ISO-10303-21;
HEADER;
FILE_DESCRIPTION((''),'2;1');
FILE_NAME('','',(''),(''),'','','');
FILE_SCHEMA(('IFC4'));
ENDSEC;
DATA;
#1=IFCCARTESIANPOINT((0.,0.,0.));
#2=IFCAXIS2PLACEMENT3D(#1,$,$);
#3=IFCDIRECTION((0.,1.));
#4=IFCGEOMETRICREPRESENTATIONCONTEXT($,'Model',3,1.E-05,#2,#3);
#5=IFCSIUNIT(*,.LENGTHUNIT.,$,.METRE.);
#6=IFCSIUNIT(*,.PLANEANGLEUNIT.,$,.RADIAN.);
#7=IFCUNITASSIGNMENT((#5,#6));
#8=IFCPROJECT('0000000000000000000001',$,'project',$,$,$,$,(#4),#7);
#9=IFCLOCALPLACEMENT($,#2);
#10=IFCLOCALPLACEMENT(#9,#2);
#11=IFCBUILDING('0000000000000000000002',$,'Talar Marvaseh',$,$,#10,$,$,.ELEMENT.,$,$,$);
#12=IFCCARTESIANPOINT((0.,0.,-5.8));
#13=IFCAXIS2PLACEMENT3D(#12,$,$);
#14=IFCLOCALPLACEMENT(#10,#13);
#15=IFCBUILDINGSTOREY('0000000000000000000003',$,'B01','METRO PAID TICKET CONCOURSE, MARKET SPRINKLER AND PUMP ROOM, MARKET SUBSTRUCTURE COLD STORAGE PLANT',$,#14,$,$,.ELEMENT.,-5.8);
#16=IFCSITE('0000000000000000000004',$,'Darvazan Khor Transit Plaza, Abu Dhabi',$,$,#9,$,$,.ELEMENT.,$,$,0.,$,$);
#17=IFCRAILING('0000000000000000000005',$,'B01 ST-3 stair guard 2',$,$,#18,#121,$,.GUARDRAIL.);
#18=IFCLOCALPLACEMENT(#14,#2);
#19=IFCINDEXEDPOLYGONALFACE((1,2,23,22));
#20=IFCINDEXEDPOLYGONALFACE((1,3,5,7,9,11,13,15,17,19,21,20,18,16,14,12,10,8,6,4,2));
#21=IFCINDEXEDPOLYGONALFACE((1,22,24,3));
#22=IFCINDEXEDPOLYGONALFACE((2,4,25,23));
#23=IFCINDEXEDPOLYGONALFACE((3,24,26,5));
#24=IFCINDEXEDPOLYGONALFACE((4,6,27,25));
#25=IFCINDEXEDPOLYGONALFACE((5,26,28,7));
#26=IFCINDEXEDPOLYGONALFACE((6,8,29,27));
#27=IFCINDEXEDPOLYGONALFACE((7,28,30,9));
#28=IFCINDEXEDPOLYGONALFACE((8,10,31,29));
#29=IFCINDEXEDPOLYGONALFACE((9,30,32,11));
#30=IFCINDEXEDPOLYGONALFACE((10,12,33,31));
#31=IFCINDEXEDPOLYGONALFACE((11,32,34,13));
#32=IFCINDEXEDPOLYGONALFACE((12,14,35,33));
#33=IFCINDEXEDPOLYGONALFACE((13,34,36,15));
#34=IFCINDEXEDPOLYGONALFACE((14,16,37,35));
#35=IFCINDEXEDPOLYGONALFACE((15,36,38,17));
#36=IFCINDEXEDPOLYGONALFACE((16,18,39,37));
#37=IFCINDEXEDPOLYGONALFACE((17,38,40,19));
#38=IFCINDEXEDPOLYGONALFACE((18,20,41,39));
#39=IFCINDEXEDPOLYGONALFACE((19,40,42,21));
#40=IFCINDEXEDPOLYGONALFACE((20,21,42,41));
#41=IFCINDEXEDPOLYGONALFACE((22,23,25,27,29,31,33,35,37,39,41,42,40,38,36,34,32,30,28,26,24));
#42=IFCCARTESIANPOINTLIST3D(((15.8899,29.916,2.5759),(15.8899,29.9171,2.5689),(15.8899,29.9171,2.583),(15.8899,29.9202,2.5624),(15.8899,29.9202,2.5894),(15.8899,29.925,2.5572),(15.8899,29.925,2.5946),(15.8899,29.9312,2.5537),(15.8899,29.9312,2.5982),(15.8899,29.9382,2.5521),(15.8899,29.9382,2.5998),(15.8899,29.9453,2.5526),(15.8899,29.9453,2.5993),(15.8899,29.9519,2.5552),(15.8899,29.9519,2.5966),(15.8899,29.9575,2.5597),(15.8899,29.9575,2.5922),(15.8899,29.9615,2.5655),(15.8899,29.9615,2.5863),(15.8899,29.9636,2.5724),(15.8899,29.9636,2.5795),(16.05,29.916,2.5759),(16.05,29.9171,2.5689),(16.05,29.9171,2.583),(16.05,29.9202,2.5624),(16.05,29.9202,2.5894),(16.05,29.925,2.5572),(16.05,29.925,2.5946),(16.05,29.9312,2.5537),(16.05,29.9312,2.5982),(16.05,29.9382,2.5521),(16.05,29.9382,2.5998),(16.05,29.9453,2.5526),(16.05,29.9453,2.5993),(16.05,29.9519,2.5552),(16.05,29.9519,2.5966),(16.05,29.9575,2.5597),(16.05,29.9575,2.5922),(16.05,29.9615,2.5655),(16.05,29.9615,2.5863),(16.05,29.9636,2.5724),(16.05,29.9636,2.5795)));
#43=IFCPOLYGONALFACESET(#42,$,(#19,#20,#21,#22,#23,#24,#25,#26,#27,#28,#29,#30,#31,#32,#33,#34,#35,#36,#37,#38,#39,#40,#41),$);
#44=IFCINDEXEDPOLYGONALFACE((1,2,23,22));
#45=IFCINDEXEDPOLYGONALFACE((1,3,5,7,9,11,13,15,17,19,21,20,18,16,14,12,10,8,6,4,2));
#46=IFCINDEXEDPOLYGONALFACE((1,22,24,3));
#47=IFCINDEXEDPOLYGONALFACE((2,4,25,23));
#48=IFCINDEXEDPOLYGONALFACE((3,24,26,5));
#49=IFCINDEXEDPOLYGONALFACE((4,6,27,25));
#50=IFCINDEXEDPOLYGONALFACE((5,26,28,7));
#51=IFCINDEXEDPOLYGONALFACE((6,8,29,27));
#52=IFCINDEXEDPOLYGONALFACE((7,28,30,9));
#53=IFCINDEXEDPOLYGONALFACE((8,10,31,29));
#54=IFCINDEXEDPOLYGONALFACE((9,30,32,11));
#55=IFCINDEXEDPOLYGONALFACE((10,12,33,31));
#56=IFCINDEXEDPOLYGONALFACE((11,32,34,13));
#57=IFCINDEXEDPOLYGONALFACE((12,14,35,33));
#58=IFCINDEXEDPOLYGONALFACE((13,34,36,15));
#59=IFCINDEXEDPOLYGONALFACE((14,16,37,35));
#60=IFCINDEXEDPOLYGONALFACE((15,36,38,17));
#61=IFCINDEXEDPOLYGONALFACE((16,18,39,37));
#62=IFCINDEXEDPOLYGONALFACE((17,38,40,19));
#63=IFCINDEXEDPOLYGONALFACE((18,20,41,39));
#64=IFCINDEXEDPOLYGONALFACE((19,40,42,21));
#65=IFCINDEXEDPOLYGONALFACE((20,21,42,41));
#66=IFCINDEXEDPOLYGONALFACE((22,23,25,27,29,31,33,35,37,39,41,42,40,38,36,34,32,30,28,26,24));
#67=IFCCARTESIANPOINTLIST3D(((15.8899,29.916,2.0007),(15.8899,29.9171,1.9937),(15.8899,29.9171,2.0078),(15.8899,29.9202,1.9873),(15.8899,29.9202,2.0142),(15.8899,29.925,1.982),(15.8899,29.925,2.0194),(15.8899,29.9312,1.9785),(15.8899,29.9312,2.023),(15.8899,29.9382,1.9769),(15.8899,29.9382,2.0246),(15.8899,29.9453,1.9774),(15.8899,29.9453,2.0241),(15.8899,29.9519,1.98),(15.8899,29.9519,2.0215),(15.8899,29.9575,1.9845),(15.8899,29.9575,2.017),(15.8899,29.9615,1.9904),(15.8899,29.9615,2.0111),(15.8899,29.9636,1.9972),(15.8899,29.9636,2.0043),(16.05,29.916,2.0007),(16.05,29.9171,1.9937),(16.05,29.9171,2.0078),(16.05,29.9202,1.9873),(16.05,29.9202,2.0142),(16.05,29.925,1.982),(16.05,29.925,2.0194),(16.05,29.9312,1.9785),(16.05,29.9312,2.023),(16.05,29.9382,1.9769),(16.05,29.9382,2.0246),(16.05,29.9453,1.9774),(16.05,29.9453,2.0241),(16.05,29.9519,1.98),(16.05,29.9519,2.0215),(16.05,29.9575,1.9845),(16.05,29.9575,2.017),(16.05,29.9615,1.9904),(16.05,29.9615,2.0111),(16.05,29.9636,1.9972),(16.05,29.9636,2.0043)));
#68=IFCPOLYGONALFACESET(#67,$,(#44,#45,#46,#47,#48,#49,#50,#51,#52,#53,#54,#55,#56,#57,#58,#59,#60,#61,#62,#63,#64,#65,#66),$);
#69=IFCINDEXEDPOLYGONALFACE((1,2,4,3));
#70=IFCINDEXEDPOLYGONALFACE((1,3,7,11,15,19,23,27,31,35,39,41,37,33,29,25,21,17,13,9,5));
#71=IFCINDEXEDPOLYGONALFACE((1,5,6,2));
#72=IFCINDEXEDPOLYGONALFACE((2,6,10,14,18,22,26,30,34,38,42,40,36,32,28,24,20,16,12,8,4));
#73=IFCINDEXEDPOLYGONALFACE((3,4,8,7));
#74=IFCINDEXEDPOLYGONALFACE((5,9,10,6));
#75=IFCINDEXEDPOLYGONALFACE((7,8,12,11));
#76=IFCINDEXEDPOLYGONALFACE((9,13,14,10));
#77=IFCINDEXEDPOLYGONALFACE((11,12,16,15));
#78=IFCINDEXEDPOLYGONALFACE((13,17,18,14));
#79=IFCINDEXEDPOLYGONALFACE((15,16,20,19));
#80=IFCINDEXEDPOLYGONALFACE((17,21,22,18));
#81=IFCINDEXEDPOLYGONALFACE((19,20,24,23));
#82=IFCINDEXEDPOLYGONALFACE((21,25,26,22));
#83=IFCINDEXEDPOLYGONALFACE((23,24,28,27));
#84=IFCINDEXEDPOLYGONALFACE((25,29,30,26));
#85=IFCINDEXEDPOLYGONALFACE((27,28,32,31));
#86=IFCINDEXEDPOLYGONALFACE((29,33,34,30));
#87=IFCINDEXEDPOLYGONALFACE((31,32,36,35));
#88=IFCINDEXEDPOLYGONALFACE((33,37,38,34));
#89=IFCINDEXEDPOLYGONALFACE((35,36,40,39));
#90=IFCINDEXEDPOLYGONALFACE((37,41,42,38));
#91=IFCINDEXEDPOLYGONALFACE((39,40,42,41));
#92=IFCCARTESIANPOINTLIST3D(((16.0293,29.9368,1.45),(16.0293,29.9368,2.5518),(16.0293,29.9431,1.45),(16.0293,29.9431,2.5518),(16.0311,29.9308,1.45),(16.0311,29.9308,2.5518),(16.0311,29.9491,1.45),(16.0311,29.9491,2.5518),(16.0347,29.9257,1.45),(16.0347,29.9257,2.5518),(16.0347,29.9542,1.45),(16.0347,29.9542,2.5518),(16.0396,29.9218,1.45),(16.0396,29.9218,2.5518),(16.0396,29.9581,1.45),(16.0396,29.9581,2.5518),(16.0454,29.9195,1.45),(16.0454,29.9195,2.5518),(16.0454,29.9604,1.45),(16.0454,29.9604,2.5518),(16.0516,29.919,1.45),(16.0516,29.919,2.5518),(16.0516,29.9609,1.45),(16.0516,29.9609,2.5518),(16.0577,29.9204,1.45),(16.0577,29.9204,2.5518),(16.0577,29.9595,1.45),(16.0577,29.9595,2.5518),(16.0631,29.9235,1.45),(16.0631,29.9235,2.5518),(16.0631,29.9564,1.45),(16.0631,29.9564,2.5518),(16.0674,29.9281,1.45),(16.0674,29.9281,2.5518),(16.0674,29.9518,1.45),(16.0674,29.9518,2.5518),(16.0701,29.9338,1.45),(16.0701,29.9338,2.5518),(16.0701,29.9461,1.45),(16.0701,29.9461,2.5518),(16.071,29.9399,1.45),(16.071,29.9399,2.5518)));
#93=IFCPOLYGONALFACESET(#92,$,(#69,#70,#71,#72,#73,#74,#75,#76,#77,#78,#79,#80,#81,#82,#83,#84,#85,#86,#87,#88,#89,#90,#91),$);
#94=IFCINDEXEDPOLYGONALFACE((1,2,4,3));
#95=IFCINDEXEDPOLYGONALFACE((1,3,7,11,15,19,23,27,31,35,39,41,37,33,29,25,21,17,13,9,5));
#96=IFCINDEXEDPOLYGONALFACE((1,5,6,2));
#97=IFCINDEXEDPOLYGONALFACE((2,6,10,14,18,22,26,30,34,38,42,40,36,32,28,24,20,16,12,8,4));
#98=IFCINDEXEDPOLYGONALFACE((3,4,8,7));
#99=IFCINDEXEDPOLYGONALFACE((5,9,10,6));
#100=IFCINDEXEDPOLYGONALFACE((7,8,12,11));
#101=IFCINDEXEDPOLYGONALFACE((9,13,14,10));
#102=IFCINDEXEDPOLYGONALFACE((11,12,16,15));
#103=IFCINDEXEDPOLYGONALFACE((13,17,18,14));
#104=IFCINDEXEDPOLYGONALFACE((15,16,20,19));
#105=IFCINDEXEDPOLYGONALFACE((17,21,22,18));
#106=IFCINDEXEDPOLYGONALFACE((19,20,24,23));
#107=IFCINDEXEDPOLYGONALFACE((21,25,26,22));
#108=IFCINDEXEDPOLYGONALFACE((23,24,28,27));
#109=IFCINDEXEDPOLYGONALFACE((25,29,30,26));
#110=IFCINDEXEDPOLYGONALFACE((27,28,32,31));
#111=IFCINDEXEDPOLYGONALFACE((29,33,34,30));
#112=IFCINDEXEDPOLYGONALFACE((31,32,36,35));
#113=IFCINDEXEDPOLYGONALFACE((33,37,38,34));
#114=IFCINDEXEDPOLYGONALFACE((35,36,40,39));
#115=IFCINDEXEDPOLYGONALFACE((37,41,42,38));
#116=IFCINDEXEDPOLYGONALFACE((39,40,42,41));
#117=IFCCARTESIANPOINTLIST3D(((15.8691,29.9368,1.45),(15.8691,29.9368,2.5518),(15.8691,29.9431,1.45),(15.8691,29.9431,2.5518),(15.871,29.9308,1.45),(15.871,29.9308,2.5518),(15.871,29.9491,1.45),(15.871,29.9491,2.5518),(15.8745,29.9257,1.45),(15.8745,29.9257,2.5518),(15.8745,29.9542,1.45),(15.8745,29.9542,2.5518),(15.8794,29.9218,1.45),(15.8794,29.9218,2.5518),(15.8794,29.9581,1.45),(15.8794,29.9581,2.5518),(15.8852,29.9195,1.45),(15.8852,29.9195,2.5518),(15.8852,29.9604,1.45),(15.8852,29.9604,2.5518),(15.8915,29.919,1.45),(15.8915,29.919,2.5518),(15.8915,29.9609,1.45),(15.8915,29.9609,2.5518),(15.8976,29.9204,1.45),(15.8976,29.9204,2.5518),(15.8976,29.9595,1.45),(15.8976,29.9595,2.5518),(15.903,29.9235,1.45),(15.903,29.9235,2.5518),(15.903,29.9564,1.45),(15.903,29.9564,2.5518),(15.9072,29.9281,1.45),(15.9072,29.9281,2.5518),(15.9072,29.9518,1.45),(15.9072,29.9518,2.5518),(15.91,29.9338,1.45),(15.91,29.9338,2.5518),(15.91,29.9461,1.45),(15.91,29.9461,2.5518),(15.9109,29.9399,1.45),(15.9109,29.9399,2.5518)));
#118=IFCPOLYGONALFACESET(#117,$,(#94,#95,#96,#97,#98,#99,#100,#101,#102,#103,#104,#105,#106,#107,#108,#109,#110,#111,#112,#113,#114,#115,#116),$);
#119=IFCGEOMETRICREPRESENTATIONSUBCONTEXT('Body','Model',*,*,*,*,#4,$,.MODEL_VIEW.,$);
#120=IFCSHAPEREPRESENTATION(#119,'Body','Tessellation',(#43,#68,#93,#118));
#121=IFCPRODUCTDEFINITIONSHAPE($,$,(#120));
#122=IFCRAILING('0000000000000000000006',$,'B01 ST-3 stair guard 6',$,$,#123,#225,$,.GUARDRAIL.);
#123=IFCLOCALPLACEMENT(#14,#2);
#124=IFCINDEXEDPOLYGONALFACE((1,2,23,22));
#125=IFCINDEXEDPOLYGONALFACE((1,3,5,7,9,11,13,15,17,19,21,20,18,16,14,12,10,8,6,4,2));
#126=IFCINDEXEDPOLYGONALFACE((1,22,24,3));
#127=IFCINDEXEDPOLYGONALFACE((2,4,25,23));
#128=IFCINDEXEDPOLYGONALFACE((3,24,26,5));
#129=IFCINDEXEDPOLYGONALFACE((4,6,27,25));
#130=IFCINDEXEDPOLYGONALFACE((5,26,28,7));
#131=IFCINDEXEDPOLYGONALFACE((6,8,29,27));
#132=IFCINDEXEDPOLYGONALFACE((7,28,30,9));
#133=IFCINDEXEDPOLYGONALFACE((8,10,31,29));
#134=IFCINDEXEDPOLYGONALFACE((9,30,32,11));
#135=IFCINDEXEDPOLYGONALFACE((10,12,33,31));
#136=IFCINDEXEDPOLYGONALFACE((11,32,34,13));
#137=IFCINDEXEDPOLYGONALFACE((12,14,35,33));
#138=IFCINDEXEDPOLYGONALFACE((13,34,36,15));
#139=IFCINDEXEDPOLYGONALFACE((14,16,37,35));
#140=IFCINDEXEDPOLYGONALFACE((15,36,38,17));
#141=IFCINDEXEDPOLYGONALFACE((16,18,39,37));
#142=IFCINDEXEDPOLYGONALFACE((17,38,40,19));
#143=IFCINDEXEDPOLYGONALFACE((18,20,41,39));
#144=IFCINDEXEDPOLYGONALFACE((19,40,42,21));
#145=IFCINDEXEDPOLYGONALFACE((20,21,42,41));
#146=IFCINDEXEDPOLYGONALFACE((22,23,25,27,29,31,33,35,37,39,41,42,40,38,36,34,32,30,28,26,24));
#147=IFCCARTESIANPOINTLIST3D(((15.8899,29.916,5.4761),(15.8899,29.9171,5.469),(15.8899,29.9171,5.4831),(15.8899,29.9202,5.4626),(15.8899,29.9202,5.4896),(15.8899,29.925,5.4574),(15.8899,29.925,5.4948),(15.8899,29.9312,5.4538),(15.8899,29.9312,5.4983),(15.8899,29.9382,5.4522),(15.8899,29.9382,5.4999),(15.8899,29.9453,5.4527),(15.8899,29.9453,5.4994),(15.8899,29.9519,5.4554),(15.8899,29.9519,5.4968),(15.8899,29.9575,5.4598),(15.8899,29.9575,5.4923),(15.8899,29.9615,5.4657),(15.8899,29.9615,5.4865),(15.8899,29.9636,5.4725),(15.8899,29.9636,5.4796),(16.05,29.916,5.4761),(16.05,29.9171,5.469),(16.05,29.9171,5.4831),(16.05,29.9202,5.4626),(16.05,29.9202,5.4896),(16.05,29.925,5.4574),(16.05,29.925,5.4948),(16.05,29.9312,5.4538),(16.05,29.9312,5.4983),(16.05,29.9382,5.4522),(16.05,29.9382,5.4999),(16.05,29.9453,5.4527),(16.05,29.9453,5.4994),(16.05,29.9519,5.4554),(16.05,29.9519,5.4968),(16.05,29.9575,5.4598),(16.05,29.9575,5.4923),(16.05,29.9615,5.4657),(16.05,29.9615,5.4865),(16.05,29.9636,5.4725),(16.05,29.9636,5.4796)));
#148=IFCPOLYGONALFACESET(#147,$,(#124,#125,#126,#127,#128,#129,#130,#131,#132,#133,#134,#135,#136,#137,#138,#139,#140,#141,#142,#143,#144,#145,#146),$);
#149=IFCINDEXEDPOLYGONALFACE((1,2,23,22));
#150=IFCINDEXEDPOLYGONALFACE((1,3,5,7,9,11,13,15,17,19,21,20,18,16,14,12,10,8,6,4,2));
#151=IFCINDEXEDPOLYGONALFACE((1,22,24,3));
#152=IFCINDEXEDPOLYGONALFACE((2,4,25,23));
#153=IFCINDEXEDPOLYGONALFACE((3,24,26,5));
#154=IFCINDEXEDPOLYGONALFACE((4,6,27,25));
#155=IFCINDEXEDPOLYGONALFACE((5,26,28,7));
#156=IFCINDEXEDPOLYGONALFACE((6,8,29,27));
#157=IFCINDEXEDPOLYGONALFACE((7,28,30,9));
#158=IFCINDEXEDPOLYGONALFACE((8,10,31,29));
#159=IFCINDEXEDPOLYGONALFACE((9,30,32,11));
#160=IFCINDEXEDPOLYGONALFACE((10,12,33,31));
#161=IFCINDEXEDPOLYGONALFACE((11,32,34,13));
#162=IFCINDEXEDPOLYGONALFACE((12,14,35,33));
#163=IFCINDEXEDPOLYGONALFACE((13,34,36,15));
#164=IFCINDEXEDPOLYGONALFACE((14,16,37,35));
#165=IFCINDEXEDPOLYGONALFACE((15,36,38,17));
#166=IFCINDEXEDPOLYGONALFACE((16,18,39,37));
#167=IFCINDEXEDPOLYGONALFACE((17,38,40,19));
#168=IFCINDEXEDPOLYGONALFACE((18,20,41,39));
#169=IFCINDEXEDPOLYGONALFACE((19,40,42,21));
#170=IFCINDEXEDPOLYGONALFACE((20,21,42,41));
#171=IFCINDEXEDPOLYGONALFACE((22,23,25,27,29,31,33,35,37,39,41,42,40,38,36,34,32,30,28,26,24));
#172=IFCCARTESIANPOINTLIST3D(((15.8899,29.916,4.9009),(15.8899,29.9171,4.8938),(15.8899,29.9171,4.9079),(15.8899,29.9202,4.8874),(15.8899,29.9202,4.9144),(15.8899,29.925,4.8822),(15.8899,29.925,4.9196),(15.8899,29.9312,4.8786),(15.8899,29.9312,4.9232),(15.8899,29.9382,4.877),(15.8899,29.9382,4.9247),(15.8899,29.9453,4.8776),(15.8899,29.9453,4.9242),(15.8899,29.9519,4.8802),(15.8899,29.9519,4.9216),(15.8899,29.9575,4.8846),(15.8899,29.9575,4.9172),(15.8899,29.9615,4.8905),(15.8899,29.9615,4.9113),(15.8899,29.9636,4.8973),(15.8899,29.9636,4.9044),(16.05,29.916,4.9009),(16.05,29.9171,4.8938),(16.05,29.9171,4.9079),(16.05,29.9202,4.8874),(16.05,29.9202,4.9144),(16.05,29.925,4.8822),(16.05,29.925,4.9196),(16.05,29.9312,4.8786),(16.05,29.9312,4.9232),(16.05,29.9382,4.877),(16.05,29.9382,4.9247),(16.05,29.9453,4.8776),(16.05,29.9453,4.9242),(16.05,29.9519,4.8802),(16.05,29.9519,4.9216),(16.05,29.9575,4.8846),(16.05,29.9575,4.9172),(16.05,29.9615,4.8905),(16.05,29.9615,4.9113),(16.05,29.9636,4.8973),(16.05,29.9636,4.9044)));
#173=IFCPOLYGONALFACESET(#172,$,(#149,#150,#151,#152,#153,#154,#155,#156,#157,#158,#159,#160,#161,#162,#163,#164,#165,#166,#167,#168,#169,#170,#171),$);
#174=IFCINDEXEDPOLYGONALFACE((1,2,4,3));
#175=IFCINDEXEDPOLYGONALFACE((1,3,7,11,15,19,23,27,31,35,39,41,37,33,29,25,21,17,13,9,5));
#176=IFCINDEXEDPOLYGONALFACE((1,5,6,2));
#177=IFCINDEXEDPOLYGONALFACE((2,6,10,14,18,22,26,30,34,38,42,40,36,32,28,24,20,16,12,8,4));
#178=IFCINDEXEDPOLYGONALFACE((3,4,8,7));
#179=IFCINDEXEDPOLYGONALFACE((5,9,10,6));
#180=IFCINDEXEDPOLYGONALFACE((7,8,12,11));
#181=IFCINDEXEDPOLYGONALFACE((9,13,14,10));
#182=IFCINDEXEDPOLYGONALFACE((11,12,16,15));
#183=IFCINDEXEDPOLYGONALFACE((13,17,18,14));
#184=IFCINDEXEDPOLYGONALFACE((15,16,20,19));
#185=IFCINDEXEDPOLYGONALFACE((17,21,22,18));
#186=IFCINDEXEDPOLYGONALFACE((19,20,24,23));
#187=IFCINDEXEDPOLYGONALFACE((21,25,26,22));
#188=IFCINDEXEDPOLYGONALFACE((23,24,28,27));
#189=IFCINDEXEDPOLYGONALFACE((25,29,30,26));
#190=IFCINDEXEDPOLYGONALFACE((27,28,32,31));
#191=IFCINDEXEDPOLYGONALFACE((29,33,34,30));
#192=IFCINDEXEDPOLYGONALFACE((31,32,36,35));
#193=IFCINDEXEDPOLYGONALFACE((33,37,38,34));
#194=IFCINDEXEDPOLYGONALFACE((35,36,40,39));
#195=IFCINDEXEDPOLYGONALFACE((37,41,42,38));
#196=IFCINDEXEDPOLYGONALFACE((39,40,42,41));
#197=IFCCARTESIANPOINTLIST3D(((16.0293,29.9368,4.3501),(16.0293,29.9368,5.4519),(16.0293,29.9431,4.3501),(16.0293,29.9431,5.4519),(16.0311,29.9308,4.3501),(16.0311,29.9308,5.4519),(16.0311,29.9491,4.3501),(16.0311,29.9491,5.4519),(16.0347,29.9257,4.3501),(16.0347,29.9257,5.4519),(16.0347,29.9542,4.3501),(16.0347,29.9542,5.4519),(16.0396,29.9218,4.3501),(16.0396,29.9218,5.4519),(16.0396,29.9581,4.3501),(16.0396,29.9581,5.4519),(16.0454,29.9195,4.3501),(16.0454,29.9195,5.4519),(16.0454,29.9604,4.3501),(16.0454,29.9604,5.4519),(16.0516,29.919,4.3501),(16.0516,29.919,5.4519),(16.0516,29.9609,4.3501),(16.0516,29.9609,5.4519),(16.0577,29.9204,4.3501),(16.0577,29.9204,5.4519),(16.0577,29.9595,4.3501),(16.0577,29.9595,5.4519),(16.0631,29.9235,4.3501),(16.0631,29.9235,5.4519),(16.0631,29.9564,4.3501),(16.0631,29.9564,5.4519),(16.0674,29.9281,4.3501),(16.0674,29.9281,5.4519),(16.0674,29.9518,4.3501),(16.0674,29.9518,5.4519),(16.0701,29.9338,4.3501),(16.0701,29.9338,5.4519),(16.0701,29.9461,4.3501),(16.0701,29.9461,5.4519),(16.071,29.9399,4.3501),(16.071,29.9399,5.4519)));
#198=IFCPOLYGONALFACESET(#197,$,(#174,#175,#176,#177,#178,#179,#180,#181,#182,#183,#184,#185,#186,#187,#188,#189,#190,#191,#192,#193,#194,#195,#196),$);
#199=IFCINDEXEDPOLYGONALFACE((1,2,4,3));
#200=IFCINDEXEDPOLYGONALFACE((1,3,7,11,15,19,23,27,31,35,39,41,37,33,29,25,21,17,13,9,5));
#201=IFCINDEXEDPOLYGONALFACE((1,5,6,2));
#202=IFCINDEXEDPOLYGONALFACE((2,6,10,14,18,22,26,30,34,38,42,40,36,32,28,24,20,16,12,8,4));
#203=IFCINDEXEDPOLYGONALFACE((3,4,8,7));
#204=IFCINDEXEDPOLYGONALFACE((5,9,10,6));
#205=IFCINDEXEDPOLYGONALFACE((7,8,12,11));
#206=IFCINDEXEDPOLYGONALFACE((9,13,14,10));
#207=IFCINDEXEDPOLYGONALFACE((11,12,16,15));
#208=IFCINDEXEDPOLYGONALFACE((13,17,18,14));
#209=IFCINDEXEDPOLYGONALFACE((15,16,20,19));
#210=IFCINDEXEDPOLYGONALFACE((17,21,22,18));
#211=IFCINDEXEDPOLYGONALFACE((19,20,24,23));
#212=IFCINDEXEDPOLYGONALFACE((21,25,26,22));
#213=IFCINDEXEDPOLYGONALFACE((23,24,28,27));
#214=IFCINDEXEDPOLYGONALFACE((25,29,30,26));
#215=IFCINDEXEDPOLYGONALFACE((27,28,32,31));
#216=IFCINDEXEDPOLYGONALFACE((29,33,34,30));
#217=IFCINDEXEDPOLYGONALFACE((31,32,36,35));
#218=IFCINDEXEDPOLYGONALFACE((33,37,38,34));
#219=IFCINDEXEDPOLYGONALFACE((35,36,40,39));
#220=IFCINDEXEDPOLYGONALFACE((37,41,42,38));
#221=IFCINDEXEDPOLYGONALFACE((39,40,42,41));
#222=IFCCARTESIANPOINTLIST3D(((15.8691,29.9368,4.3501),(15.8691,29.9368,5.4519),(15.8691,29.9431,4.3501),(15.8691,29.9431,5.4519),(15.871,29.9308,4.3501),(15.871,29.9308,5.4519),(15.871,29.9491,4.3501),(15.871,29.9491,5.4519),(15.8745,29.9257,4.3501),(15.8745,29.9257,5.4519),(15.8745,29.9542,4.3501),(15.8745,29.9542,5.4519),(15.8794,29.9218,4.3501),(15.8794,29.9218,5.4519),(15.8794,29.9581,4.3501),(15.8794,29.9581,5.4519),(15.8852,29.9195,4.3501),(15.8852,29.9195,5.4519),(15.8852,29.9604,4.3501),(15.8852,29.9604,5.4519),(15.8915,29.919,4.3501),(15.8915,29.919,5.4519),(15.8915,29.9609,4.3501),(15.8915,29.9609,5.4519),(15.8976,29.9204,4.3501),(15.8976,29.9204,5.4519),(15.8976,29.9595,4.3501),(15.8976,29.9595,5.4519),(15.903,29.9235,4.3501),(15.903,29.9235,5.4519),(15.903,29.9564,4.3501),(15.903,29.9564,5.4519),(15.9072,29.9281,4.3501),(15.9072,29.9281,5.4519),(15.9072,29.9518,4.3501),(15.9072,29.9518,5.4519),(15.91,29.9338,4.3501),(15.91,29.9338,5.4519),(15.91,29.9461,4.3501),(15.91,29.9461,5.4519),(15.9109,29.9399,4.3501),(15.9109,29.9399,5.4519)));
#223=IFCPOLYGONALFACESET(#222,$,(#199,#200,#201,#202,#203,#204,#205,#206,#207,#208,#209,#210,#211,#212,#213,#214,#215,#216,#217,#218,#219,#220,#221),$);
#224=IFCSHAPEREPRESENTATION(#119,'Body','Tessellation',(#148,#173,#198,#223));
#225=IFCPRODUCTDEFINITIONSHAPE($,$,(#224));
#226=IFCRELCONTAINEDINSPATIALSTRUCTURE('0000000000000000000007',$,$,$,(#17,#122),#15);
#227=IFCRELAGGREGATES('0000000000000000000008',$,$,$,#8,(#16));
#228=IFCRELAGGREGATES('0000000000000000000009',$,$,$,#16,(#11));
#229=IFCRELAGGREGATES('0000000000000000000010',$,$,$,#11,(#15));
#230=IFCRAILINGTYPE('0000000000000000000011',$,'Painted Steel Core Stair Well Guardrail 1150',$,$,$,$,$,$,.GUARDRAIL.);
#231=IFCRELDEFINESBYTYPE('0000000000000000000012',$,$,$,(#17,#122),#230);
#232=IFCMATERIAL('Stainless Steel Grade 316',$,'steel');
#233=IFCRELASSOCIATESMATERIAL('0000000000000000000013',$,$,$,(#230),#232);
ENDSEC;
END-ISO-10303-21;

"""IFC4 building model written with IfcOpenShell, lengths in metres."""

from ifc_helpers import new_model, si_unit, direction, frame, origin, origin_2d, place, context, subcontext, project, spatial, circle, extrude, material, type_object, element, save


model = new_model("IFC4")

# Units and contexts
model_context = context("Model", 3, precision=1e-05, world=origin(), true_north=direction((0.0, 1.0)))
body_context = subcontext(model_context, "Body", "Model", "MODEL_VIEW")
ifc_project = project(units=[si_unit("LENGTHUNIT", "METRE"), si_unit("PLANEANGLEUNIT", "RADIAN")], contexts=[model_context])

# Site, building, storey
site_placement = place(None, origin())
site = spatial("IfcSite", under=ifc_project, at=site_placement, Name="Darvazan Khor Transit Plaza, Abu Dhabi", CompositionType="ELEMENT", RefElevation=0.0)
building_placement = place(site_placement, origin())
building = spatial("IfcBuilding", under=site, at=building_placement, Name="Talar Marvaseh", CompositionType="ELEMENT")
storey_placement = place(building_placement, frame((0.0, 0.0, -5.8)))
storey = spatial("IfcBuildingStorey", under=building, at=storey_placement, Name="B01", Description="METRO PAID TICKET CONCOURSE, MARKET SPRINKLER AND PUMP ROOM, MARKET SUBSTRUCTURE COLD STORAGE PLANT", CompositionType="ELEMENT", Elevation=-5.8)

# Shared definitions
ifc_material_1 = material(Name="Stainless Steel Grade 316", Category="steel")

# Railings
railing_type_1 = type_object("IfcRailingType", Name="Painted Steel Core Stair Well Guardrail 1150", PredefinedType="GUARDRAIL", material=ifc_material_1)
for number, where, name in (
    (1, (16.05, 29.9399, 1.45), "B01 ST-3 stair guard 2"),
    (2, (16.05, 29.9399, 4.3501), "B01 ST-3 stair guard 6"),
):
    element("IfcRailing", number, at=place(storey_placement, frame(where)), inside=storey, type_object=railing_type_1, Name=name, PredefinedType="GUARDRAIL", context=body_context, shape_type="SweptSolid", body=[
        extrude(circle(Radius=0.0239, at=origin_2d()), frame((0.0, 0.0, 1.126), z_axis=(-1.0, 0.0, 0.0), x_axis=(0.0, -1.0, 0.0)), (0.0, 0.0, 1.0), 0.1602),
        extrude(circle(Radius=0.0239, at=origin_2d()), frame((0.0, 0.0, 0.5508), z_axis=(-1.0, 0.0, 0.0), x_axis=(0.0, -1.0, 0.0)), (0.0, 0.0, 1.0), 0.1602),
        extrude(circle(Radius=0.021, at=origin_2d()), origin(), (0.0, 0.0, 1.0), 1.1018),
        extrude(circle(Radius=0.021, at=origin_2d()), frame((-0.1602, 0.0, 0.0)), (0.0, 0.0, 1.0), 1.1018),
    ])

save(model, "model.ifc")
